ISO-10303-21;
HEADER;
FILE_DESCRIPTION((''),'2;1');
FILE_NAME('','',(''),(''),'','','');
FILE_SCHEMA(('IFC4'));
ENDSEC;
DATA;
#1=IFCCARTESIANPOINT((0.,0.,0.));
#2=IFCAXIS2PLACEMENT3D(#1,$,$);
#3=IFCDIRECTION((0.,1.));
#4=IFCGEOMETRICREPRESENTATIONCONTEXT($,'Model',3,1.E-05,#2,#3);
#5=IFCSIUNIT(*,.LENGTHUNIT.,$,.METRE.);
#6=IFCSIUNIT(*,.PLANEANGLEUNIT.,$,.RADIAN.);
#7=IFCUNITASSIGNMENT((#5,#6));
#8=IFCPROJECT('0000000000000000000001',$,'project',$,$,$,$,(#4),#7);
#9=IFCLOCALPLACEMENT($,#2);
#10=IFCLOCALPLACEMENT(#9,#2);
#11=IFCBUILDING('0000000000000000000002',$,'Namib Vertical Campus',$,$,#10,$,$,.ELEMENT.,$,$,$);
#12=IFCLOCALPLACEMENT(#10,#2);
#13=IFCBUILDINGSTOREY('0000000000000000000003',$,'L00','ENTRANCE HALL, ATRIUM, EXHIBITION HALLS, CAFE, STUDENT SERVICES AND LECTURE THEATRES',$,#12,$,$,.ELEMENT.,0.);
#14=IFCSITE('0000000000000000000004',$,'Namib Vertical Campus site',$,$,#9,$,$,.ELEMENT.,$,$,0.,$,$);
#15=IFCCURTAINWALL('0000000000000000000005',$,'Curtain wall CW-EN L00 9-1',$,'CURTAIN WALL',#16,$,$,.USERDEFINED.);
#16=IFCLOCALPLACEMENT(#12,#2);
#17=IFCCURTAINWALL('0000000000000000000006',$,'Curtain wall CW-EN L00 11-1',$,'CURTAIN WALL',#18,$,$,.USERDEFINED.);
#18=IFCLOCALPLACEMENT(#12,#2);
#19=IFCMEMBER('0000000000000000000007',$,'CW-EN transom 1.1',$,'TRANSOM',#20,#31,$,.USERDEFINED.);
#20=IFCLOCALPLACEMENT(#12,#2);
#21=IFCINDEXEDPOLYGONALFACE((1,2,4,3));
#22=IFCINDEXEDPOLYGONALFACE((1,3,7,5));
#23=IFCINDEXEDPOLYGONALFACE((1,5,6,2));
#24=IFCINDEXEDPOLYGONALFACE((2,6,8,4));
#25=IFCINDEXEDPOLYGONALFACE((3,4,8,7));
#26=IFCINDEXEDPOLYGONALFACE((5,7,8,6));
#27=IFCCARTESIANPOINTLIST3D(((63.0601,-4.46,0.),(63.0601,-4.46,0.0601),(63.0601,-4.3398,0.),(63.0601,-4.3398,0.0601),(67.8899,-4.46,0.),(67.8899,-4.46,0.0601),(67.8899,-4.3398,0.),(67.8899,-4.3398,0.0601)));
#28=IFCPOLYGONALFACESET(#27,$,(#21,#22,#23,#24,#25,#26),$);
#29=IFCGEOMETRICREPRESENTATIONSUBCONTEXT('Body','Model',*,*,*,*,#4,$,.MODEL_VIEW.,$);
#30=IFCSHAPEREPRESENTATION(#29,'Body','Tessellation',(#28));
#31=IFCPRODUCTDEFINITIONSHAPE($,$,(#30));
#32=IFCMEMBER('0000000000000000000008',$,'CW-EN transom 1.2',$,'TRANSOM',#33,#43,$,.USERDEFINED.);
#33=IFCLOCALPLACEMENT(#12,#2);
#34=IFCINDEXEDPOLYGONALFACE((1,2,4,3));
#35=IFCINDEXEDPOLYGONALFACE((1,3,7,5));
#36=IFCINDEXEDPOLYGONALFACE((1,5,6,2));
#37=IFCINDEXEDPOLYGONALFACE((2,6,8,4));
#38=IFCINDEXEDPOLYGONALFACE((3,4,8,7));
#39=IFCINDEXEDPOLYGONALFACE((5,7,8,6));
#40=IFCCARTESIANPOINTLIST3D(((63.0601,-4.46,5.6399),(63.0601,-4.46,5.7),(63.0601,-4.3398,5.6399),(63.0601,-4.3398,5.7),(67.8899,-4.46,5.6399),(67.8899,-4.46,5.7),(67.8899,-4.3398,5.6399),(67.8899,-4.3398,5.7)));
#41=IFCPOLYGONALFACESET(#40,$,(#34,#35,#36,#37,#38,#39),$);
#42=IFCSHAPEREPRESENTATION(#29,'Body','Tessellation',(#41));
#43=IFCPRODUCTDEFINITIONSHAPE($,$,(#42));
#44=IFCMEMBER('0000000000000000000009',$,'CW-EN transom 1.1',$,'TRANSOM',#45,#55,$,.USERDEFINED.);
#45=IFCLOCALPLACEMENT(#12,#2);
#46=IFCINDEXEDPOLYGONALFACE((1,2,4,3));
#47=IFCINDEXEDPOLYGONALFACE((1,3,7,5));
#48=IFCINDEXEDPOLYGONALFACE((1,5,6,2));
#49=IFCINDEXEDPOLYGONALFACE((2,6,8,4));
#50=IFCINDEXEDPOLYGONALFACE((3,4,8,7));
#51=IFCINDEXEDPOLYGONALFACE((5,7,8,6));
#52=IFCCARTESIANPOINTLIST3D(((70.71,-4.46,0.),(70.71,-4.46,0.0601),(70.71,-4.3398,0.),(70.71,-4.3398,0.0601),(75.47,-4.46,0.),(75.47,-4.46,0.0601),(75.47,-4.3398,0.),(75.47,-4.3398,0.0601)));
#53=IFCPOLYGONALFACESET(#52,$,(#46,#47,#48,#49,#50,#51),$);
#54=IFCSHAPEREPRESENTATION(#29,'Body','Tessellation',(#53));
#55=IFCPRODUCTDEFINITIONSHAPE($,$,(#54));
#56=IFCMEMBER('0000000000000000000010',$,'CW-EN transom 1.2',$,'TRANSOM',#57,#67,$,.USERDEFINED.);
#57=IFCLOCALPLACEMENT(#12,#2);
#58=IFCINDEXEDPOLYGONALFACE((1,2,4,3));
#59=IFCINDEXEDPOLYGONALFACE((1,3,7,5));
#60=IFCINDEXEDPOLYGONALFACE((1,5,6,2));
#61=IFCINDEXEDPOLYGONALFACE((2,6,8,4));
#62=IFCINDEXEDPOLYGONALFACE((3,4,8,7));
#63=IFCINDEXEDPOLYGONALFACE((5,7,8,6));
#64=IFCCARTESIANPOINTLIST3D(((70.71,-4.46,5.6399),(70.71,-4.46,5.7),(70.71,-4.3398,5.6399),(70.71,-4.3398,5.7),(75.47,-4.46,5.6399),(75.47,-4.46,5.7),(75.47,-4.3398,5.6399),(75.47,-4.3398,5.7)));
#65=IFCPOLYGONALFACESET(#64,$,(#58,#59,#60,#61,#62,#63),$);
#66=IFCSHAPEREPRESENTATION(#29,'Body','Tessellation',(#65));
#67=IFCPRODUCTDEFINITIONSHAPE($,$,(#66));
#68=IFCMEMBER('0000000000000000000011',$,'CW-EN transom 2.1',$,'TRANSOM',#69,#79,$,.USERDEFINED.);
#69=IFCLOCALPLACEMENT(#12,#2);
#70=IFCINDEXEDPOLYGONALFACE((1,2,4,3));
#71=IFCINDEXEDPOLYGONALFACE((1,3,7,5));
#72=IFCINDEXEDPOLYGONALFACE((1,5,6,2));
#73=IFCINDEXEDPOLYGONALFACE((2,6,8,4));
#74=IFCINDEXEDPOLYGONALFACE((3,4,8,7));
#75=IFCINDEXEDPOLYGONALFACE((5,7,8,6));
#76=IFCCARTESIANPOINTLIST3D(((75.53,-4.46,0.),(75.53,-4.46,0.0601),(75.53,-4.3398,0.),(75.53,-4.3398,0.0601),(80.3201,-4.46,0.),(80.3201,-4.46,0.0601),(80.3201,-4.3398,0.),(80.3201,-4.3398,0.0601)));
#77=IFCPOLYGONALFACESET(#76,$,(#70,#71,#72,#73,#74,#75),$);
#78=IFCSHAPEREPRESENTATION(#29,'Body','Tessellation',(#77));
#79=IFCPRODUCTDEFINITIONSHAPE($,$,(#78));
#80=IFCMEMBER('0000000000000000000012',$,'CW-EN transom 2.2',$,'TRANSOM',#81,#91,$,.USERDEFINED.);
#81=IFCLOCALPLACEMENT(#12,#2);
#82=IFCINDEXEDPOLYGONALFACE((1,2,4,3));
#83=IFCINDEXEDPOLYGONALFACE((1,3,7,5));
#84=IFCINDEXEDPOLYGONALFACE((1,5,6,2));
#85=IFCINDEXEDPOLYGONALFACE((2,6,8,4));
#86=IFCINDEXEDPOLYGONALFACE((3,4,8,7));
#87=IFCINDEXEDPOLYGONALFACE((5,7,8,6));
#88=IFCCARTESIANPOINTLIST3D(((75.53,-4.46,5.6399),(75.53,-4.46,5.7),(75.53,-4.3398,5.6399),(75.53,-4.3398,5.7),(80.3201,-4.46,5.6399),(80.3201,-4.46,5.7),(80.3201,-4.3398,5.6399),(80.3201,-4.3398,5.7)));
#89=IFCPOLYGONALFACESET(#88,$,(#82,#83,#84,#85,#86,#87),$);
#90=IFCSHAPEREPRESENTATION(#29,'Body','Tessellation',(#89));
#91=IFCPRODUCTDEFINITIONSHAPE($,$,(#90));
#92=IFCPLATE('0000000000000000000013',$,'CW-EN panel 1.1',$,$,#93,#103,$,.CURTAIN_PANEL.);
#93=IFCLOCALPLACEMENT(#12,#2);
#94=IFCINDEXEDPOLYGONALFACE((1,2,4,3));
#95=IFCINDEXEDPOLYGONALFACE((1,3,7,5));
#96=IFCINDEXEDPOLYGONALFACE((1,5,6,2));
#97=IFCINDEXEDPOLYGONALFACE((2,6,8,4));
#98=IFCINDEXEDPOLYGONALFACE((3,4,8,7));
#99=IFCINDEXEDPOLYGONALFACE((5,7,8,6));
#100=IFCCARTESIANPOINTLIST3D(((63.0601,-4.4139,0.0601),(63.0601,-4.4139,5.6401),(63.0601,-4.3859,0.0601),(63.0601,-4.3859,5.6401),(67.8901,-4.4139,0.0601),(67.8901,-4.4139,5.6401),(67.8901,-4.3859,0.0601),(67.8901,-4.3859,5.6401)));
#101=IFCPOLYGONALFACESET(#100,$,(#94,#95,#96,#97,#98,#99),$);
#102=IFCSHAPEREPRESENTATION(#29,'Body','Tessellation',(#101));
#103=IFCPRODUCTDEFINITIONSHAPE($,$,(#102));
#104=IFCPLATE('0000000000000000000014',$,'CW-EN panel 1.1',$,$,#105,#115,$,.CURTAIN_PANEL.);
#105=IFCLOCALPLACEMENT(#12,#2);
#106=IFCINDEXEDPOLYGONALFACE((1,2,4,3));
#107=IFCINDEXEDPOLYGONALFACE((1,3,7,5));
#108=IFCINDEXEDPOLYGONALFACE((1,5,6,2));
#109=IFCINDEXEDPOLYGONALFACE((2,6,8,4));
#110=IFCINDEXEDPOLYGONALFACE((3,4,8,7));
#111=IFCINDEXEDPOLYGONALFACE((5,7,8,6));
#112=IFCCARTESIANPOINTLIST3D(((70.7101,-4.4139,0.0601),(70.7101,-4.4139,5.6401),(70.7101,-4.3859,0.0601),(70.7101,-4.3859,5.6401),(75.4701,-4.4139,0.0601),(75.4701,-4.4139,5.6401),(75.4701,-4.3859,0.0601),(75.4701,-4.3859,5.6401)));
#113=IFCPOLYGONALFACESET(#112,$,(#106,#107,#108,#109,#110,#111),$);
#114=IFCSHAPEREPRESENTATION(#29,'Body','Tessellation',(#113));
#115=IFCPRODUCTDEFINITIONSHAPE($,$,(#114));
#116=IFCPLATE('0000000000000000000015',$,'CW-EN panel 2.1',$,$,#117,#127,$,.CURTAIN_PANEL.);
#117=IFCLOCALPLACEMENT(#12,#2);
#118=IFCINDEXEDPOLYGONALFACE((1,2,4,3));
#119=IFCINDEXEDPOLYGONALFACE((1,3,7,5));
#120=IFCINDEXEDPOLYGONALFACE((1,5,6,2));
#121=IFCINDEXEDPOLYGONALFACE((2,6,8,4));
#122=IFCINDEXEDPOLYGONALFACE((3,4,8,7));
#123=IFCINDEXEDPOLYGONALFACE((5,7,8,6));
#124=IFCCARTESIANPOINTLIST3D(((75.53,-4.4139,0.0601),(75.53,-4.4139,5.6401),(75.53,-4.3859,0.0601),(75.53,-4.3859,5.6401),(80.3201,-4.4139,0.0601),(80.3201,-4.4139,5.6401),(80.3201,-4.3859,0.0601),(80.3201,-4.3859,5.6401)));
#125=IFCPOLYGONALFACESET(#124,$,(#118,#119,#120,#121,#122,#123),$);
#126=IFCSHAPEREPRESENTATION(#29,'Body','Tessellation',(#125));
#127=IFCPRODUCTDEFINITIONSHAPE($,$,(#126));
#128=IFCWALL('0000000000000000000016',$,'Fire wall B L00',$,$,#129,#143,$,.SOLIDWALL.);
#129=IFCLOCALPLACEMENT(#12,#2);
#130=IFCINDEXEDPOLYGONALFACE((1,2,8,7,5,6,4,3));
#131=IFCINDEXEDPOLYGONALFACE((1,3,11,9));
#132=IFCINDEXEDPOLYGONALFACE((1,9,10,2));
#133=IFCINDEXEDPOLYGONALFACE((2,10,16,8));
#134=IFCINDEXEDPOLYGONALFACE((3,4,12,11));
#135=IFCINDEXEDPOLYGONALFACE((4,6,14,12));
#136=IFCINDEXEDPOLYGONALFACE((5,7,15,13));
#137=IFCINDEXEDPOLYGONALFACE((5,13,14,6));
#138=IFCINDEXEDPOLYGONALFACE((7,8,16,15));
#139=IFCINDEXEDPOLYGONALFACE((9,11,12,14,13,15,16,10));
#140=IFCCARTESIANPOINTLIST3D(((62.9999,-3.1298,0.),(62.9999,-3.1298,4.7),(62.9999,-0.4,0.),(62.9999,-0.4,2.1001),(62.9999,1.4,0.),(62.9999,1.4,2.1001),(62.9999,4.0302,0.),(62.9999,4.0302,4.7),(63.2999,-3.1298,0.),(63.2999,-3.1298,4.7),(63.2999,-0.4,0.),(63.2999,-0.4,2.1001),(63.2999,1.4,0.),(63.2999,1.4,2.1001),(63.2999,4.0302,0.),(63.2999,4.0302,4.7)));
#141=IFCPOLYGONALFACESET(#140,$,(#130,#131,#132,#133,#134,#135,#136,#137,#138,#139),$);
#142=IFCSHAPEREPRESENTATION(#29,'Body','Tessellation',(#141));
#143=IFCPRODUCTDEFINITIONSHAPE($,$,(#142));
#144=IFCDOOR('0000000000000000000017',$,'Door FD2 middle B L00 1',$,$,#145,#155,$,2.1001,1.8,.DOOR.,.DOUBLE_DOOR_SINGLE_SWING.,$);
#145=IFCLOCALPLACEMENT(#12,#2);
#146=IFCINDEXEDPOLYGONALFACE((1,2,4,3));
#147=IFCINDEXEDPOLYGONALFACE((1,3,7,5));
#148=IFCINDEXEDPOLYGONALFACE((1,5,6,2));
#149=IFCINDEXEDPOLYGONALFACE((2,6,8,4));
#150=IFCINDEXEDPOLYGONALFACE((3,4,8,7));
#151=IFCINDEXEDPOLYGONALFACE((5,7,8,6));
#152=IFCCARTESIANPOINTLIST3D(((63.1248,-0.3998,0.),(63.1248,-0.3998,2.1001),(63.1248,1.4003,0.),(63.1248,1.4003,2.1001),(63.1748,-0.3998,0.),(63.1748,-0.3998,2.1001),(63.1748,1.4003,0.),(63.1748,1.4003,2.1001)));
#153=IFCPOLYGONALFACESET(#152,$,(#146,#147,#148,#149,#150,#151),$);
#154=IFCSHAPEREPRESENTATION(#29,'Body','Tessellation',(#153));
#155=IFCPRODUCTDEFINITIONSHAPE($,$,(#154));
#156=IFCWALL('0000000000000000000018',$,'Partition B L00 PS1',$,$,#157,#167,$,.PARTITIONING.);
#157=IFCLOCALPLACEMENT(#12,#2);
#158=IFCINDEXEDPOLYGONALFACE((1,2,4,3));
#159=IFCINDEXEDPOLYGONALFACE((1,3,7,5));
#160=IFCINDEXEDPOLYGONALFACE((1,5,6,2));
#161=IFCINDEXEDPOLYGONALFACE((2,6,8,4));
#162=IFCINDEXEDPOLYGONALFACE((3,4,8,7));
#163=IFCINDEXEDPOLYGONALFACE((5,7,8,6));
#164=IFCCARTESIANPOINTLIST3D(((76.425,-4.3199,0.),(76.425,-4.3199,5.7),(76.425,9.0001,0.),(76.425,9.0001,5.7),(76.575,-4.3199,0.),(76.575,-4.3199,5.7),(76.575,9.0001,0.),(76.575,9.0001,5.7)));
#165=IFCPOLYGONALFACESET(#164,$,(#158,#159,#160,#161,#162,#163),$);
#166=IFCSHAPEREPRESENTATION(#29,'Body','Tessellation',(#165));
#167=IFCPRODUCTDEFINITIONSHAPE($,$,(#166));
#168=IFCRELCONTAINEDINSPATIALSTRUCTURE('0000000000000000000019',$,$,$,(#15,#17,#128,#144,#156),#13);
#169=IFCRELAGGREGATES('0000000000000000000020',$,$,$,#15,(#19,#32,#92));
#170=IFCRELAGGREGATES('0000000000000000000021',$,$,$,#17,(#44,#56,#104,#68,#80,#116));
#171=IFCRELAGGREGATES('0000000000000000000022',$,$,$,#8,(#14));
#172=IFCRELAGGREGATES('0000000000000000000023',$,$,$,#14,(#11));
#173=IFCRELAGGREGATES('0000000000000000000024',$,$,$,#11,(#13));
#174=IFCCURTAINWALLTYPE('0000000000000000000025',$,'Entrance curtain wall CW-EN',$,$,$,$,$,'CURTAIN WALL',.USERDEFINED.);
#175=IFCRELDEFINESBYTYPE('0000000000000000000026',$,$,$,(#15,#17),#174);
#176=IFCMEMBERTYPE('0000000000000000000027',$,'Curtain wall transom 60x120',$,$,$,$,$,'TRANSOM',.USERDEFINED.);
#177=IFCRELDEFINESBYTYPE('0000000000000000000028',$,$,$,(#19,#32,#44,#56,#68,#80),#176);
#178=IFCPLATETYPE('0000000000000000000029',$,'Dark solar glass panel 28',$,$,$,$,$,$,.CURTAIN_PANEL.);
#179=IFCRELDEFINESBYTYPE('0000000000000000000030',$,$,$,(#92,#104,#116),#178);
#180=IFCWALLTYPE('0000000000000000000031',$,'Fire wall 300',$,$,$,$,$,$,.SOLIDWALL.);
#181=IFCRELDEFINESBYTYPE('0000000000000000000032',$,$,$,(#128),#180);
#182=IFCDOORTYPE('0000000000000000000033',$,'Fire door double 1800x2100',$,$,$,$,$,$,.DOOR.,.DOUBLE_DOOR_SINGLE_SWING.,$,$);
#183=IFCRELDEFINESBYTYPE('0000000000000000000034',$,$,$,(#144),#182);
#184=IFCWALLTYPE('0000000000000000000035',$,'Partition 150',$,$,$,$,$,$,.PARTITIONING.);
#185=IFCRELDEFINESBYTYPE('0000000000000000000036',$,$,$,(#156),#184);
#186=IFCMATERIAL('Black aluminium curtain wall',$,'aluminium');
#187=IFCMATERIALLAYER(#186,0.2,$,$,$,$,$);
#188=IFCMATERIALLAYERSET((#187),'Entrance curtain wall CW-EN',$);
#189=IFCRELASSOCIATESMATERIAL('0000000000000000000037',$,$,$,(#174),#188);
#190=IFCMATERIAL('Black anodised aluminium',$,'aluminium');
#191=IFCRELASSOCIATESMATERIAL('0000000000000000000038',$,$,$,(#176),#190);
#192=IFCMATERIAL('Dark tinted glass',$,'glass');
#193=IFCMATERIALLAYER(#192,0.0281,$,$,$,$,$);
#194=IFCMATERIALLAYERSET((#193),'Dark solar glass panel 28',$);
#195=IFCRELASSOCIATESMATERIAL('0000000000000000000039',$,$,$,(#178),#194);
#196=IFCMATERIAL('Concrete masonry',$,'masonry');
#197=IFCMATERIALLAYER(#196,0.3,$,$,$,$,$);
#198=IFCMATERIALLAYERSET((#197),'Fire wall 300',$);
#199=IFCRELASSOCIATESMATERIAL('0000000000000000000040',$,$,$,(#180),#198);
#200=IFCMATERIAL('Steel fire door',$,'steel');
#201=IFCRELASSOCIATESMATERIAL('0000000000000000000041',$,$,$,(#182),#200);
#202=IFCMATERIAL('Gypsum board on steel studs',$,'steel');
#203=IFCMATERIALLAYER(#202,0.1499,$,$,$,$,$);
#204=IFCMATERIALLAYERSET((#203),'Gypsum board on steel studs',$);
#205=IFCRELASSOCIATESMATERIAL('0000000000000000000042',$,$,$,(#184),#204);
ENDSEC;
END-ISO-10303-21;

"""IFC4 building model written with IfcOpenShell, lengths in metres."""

from ifc_helpers import new_model, si_unit, direction, frame, frame_2d, origin, origin_2d, place, context, subcontext, project, spatial, rectangle, extrude, material, layer, layer_set, material_profile, profile_set, type_object, element, fill, aggregate, save


model = new_model("IFC4")

# Units and contexts
model_context = context("Model", 3, precision=1e-05, world=origin(), true_north=direction((0.0, 1.0)))
body_context = subcontext(model_context, "Body", "Model", "MODEL_VIEW")
ifc_project = project(units=[si_unit("LENGTHUNIT", "METRE"), si_unit("PLANEANGLEUNIT", "RADIAN")], contexts=[model_context])

# Site, building, storey
site_placement = place(None, origin())
site = spatial("IfcSite", under=ifc_project, at=site_placement, Name="Namib Vertical Campus site", CompositionType="ELEMENT", RefElevation=0.0)
building_placement = place(site_placement, origin())
building = spatial("IfcBuilding", under=site, at=building_placement, Name="Namib Vertical Campus", CompositionType="ELEMENT")
storey_placement = place(building_placement, origin())
storey = spatial("IfcBuildingStorey", under=building, at=storey_placement, Name="L00", Description="ENTRANCE HALL, ATRIUM, EXHIBITION HALLS, CAFE, STUDENT SERVICES AND LECTURE THEATRES", CompositionType="ELEMENT", Elevation=0.0)

# Curtain walls
ifc_material_1 = material(Name="Black aluminium curtain wall", Category="aluminium")
ifc_layer_1 = layer(ifc_material_1, 0.2)
ifc_layer_set_1 = layer_set([ifc_layer_1], Name="Entrance curtain wall CW-EN")
curtain_wall_type = type_object("IfcCurtainWallType", Name="Entrance curtain wall CW-EN", ElementType="CURTAIN WALL", PredefinedType="USERDEFINED", material=ifc_layer_set_1)
curtain_wall_1_placement = place(storey_placement, origin())
curtain_wall_1 = element("IfcCurtainWall", 1, at=curtain_wall_1_placement, inside=storey, type_object=curtain_wall_type, Name="Curtain wall CW-EN L00 9-1", ObjectType="CURTAIN WALL", PredefinedType="USERDEFINED")
curtain_wall_2_placement = place(storey_placement, origin())
curtain_wall_2 = element("IfcCurtainWall", 2, at=curtain_wall_2_placement, inside=storey, type_object=curtain_wall_type, Name="Curtain wall CW-EN L00 11-1", ObjectType="CURTAIN WALL", PredefinedType="USERDEFINED")

# Members
ifc_material_2 = material(Name="Black anodised aluminium", Category="aluminium")
ifc_material_profile_1 = material_profile(ifc_material_2, rectangle(XDim=0.0601, YDim=0.1201, at=origin_2d()))
ifc_profile_set_1 = profile_set([ifc_material_profile_1], Name="Black anodised aluminium")
member_type_1 = type_object("IfcMemberType", Name="Curtain wall transom 60x120", ElementType="TRANSOM", PredefinedType="USERDEFINED", material=ifc_profile_set_1)
member_1_placement = place(storey_placement, frame((63.0601, -4.3999, 0.03), z_axis=(1.0, 0.0, 0.0), x_axis=(0.0, 0.0, 1.0)))
member_1 = element("IfcMember", 3, at=member_1_placement, type_object=member_type_1, Name="CW-EN transom 1.1", ObjectType="TRANSOM", PredefinedType="USERDEFINED", context=body_context, shape_type="SweptSolid", body=[
    extrude(rectangle(XDim=0.0601, YDim=0.1201, at=origin_2d()), origin(), (0.0, 0.0, 1.0), 4.8298),
])
member_2_placement = place(storey_placement, frame((63.0601, -4.3999, 5.6699), z_axis=(1.0, 0.0, 0.0), x_axis=(0.0, 0.0, 1.0)))
member_2 = element("IfcMember", 4, at=member_2_placement, type_object=member_type_1, Name="CW-EN transom 1.2", ObjectType="TRANSOM", PredefinedType="USERDEFINED", context=body_context, shape_type="SweptSolid", body=[
    extrude(rectangle(XDim=0.0601, YDim=0.1201, at=origin_2d()), origin(), (0.0, 0.0, 1.0), 4.8298),
])
member_3_placement = place(storey_placement, frame((70.71, -4.3999, 0.03), z_axis=(1.0, 0.0, 0.0), x_axis=(0.0, 0.0, 1.0)))
member_3 = element("IfcMember", 5, at=member_3_placement, type_object=member_type_1, Name="CW-EN transom 1.1", ObjectType="TRANSOM", PredefinedType="USERDEFINED", context=body_context, shape_type="SweptSolid", body=[
    extrude(rectangle(XDim=0.0601, YDim=0.1201, at=origin_2d()), origin(), (0.0, 0.0, 1.0), 4.76),
])
member_4_placement = place(storey_placement, frame((70.71, -4.3999, 5.6699), z_axis=(1.0, 0.0, 0.0), x_axis=(0.0, 0.0, 1.0)))
member_4 = element("IfcMember", 6, at=member_4_placement, type_object=member_type_1, Name="CW-EN transom 1.2", ObjectType="TRANSOM", PredefinedType="USERDEFINED", context=body_context, shape_type="SweptSolid", body=[
    extrude(rectangle(XDim=0.0601, YDim=0.1201, at=origin_2d()), origin(), (0.0, 0.0, 1.0), 4.76),
])
member_5_placement = place(storey_placement, frame((75.53, -4.3999, 0.03), z_axis=(1.0, 0.0, 0.0), x_axis=(0.0, 0.0, 1.0)))
member_5 = element("IfcMember", 7, at=member_5_placement, type_object=member_type_1, Name="CW-EN transom 2.1", ObjectType="TRANSOM", PredefinedType="USERDEFINED", context=body_context, shape_type="SweptSolid", body=[
    extrude(rectangle(XDim=0.0601, YDim=0.1201, at=origin_2d()), origin(), (0.0, 0.0, 1.0), 4.79),
])
member_6_placement = place(storey_placement, frame((75.53, -4.3999, 5.6699), z_axis=(1.0, 0.0, 0.0), x_axis=(0.0, 0.0, 1.0)))
member_6 = element("IfcMember", 8, at=member_6_placement, type_object=member_type_1, Name="CW-EN transom 2.2", ObjectType="TRANSOM", PredefinedType="USERDEFINED", context=body_context, shape_type="SweptSolid", body=[
    extrude(rectangle(XDim=0.0601, YDim=0.1201, at=origin_2d()), origin(), (0.0, 0.0, 1.0), 4.79),
])

# Plates
ifc_material_3 = material(Name="Dark tinted glass", Category="glass")
ifc_layer_2 = layer(ifc_material_3, 0.0281)
ifc_layer_set_2 = layer_set([ifc_layer_2], Name="Dark solar glass panel 28")
plate_type = type_object("IfcPlateType", Name="Dark solar glass panel 28", PredefinedType="CURTAIN_PANEL", material=ifc_layer_set_2)
plate_1_placement = place(storey_placement, frame((65.4751, -4.3999, 0.0601), z_axis=(0.0, 0.0, 1.0), x_axis=(1.0, 0.0, 0.0)))
plate_1 = element("IfcPlate", 9, at=plate_1_placement, type_object=plate_type, Name="CW-EN panel 1.1", PredefinedType="CURTAIN_PANEL", context=body_context, shape_type="SweptSolid", body=[
    extrude(rectangle(XDim=4.8301, YDim=0.0281, at=origin_2d()), origin(), (0.0, 0.0, 1.0), 5.5801),
])
aggregate(curtain_wall_1, [member_1, member_2, plate_1])
plate_2_placement = place(storey_placement, frame((73.0901, -4.3999, 0.0601), z_axis=(0.0, 0.0, 1.0), x_axis=(1.0, 0.0, 0.0)))
plate_2 = element("IfcPlate", 10, at=plate_2_placement, type_object=plate_type, Name="CW-EN panel 1.1", PredefinedType="CURTAIN_PANEL", context=body_context, shape_type="SweptSolid", body=[
    extrude(rectangle(XDim=4.76, YDim=0.0281, at=origin_2d()), origin(), (0.0, 0.0, 1.0), 5.5801),
])
plate_3_placement = place(storey_placement, frame((77.925, -4.3999, 0.0601), z_axis=(0.0, 0.0, 1.0), x_axis=(1.0, 0.0, 0.0)))
plate_3 = element("IfcPlate", 11, at=plate_3_placement, type_object=plate_type, Name="CW-EN panel 2.1", PredefinedType="CURTAIN_PANEL", context=body_context, shape_type="SweptSolid", body=[
    extrude(rectangle(XDim=4.79, YDim=0.0281, at=origin_2d()), origin(), (0.0, 0.0, 1.0), 5.5801),
])
aggregate(curtain_wall_2, [member_3, member_4, plate_2, member_5, member_6, plate_3])

# Wall, opening, door
ifc_material_4 = material(Name="Concrete masonry", Category="masonry")
ifc_layer_3 = layer(ifc_material_4, 0.3)
ifc_layer_set_3 = layer_set([ifc_layer_3], Name="Fire wall 300")
wall_type_1 = type_object("IfcWallType", Name="Fire wall 300", PredefinedType="SOLIDWALL", material=ifc_layer_set_3)
wall_1_placement = place(storey_placement, frame((63.1499, -3.1299, 0.0), z_axis=(0.0, 0.0, 1.0), x_axis=(0.0, 1.0, 0.0)))
wall_1 = element("IfcWall", 12, at=wall_1_placement, inside=storey, type_object=wall_type_1, Name="Fire wall B L00", PredefinedType="SOLIDWALL", context=body_context, shape_type="SweptSolid", body=[
    extrude(rectangle(XDim=7.1599, YDim=0.3, at=frame_2d((3.5801, 0.0))), origin(), (0.0, 0.0, 1.0), 4.7),
])
opening_1_placement = place(wall_1_placement, frame((2.73, 0.0, 0.0)))
opening_1 = element("IfcOpeningElement", 13, at=opening_1_placement, cuts=wall_1, PredefinedType="OPENING", context=body_context, shape_type="SweptSolid", body=[
    extrude(rectangle(XDim=1.8, YDim=2.1001, at=frame_2d((0.8999, 1.05))), frame((0.0, 0.1599, 0.0), z_axis=(0.0, -1.0, 0.0), x_axis=(1.0, 0.0, 0.0)), (0.0, 0.0, 1.0), 0.3201),
])
ifc_material_5 = material(Name="Steel fire door", Category="steel")
door_type_1 = type_object("IfcDoorType", Name="Fire door double 1800x2100", OperationType="DOUBLE_DOOR_SINGLE_SWING", PredefinedType="DOOR", material=ifc_material_5)
door_1_placement = place(opening_1_placement, frame((1.8, 0.0, 0.0), z_axis=(0.0, 0.0, 1.0), x_axis=(-1.0, 0.0, 0.0)))
door_1 = element("IfcDoor", 14, at=door_1_placement, inside=storey, type_object=door_type_1, Name="Door FD2 middle B L00 1", OperationType="DOUBLE_DOOR_SINGLE_SWING", OverallHeight=2.1001, OverallWidth=1.8, PredefinedType="DOOR", context=body_context, shape_type="SweptSolid", body=[
    extrude(rectangle(XDim=1.8, YDim=2.1001, at=frame_2d((0.8999, 1.05))), frame((0.0, 0.0249, 0.0), z_axis=(0.0, -1.0, 0.0), x_axis=(1.0, 0.0, 0.0)), (0.0, 0.0, 1.0), 0.05),
])
fill(opening_1, door_1)

# Wall
ifc_material_6 = material(Name="Gypsum board on steel studs", Category="steel")
ifc_layer_4 = layer(ifc_material_6, 0.1499)
ifc_layer_set_4 = layer_set([ifc_layer_4], Name="Gypsum board on steel studs")
wall_type_2 = type_object("IfcWallType", Name="Partition 150", PredefinedType="PARTITIONING", material=ifc_layer_set_4)
wall_2_placement = place(storey_placement, frame((76.5, -4.3201, 0.0), z_axis=(0.0, 0.0, 1.0), x_axis=(0.0, 1.0, 0.0)))
element("IfcWall", 15, at=wall_2_placement, inside=storey, type_object=wall_type_2, Name="Partition B L00 PS1", PredefinedType="PARTITIONING", context=body_context, shape_type="SweptSolid", body=[
    extrude(rectangle(XDim=13.3201, YDim=0.1499, at=frame_2d((6.6602, 0.0))), origin(), (0.0, 0.0, 1.0), 5.7),
])

save(model, "model.ifc")
